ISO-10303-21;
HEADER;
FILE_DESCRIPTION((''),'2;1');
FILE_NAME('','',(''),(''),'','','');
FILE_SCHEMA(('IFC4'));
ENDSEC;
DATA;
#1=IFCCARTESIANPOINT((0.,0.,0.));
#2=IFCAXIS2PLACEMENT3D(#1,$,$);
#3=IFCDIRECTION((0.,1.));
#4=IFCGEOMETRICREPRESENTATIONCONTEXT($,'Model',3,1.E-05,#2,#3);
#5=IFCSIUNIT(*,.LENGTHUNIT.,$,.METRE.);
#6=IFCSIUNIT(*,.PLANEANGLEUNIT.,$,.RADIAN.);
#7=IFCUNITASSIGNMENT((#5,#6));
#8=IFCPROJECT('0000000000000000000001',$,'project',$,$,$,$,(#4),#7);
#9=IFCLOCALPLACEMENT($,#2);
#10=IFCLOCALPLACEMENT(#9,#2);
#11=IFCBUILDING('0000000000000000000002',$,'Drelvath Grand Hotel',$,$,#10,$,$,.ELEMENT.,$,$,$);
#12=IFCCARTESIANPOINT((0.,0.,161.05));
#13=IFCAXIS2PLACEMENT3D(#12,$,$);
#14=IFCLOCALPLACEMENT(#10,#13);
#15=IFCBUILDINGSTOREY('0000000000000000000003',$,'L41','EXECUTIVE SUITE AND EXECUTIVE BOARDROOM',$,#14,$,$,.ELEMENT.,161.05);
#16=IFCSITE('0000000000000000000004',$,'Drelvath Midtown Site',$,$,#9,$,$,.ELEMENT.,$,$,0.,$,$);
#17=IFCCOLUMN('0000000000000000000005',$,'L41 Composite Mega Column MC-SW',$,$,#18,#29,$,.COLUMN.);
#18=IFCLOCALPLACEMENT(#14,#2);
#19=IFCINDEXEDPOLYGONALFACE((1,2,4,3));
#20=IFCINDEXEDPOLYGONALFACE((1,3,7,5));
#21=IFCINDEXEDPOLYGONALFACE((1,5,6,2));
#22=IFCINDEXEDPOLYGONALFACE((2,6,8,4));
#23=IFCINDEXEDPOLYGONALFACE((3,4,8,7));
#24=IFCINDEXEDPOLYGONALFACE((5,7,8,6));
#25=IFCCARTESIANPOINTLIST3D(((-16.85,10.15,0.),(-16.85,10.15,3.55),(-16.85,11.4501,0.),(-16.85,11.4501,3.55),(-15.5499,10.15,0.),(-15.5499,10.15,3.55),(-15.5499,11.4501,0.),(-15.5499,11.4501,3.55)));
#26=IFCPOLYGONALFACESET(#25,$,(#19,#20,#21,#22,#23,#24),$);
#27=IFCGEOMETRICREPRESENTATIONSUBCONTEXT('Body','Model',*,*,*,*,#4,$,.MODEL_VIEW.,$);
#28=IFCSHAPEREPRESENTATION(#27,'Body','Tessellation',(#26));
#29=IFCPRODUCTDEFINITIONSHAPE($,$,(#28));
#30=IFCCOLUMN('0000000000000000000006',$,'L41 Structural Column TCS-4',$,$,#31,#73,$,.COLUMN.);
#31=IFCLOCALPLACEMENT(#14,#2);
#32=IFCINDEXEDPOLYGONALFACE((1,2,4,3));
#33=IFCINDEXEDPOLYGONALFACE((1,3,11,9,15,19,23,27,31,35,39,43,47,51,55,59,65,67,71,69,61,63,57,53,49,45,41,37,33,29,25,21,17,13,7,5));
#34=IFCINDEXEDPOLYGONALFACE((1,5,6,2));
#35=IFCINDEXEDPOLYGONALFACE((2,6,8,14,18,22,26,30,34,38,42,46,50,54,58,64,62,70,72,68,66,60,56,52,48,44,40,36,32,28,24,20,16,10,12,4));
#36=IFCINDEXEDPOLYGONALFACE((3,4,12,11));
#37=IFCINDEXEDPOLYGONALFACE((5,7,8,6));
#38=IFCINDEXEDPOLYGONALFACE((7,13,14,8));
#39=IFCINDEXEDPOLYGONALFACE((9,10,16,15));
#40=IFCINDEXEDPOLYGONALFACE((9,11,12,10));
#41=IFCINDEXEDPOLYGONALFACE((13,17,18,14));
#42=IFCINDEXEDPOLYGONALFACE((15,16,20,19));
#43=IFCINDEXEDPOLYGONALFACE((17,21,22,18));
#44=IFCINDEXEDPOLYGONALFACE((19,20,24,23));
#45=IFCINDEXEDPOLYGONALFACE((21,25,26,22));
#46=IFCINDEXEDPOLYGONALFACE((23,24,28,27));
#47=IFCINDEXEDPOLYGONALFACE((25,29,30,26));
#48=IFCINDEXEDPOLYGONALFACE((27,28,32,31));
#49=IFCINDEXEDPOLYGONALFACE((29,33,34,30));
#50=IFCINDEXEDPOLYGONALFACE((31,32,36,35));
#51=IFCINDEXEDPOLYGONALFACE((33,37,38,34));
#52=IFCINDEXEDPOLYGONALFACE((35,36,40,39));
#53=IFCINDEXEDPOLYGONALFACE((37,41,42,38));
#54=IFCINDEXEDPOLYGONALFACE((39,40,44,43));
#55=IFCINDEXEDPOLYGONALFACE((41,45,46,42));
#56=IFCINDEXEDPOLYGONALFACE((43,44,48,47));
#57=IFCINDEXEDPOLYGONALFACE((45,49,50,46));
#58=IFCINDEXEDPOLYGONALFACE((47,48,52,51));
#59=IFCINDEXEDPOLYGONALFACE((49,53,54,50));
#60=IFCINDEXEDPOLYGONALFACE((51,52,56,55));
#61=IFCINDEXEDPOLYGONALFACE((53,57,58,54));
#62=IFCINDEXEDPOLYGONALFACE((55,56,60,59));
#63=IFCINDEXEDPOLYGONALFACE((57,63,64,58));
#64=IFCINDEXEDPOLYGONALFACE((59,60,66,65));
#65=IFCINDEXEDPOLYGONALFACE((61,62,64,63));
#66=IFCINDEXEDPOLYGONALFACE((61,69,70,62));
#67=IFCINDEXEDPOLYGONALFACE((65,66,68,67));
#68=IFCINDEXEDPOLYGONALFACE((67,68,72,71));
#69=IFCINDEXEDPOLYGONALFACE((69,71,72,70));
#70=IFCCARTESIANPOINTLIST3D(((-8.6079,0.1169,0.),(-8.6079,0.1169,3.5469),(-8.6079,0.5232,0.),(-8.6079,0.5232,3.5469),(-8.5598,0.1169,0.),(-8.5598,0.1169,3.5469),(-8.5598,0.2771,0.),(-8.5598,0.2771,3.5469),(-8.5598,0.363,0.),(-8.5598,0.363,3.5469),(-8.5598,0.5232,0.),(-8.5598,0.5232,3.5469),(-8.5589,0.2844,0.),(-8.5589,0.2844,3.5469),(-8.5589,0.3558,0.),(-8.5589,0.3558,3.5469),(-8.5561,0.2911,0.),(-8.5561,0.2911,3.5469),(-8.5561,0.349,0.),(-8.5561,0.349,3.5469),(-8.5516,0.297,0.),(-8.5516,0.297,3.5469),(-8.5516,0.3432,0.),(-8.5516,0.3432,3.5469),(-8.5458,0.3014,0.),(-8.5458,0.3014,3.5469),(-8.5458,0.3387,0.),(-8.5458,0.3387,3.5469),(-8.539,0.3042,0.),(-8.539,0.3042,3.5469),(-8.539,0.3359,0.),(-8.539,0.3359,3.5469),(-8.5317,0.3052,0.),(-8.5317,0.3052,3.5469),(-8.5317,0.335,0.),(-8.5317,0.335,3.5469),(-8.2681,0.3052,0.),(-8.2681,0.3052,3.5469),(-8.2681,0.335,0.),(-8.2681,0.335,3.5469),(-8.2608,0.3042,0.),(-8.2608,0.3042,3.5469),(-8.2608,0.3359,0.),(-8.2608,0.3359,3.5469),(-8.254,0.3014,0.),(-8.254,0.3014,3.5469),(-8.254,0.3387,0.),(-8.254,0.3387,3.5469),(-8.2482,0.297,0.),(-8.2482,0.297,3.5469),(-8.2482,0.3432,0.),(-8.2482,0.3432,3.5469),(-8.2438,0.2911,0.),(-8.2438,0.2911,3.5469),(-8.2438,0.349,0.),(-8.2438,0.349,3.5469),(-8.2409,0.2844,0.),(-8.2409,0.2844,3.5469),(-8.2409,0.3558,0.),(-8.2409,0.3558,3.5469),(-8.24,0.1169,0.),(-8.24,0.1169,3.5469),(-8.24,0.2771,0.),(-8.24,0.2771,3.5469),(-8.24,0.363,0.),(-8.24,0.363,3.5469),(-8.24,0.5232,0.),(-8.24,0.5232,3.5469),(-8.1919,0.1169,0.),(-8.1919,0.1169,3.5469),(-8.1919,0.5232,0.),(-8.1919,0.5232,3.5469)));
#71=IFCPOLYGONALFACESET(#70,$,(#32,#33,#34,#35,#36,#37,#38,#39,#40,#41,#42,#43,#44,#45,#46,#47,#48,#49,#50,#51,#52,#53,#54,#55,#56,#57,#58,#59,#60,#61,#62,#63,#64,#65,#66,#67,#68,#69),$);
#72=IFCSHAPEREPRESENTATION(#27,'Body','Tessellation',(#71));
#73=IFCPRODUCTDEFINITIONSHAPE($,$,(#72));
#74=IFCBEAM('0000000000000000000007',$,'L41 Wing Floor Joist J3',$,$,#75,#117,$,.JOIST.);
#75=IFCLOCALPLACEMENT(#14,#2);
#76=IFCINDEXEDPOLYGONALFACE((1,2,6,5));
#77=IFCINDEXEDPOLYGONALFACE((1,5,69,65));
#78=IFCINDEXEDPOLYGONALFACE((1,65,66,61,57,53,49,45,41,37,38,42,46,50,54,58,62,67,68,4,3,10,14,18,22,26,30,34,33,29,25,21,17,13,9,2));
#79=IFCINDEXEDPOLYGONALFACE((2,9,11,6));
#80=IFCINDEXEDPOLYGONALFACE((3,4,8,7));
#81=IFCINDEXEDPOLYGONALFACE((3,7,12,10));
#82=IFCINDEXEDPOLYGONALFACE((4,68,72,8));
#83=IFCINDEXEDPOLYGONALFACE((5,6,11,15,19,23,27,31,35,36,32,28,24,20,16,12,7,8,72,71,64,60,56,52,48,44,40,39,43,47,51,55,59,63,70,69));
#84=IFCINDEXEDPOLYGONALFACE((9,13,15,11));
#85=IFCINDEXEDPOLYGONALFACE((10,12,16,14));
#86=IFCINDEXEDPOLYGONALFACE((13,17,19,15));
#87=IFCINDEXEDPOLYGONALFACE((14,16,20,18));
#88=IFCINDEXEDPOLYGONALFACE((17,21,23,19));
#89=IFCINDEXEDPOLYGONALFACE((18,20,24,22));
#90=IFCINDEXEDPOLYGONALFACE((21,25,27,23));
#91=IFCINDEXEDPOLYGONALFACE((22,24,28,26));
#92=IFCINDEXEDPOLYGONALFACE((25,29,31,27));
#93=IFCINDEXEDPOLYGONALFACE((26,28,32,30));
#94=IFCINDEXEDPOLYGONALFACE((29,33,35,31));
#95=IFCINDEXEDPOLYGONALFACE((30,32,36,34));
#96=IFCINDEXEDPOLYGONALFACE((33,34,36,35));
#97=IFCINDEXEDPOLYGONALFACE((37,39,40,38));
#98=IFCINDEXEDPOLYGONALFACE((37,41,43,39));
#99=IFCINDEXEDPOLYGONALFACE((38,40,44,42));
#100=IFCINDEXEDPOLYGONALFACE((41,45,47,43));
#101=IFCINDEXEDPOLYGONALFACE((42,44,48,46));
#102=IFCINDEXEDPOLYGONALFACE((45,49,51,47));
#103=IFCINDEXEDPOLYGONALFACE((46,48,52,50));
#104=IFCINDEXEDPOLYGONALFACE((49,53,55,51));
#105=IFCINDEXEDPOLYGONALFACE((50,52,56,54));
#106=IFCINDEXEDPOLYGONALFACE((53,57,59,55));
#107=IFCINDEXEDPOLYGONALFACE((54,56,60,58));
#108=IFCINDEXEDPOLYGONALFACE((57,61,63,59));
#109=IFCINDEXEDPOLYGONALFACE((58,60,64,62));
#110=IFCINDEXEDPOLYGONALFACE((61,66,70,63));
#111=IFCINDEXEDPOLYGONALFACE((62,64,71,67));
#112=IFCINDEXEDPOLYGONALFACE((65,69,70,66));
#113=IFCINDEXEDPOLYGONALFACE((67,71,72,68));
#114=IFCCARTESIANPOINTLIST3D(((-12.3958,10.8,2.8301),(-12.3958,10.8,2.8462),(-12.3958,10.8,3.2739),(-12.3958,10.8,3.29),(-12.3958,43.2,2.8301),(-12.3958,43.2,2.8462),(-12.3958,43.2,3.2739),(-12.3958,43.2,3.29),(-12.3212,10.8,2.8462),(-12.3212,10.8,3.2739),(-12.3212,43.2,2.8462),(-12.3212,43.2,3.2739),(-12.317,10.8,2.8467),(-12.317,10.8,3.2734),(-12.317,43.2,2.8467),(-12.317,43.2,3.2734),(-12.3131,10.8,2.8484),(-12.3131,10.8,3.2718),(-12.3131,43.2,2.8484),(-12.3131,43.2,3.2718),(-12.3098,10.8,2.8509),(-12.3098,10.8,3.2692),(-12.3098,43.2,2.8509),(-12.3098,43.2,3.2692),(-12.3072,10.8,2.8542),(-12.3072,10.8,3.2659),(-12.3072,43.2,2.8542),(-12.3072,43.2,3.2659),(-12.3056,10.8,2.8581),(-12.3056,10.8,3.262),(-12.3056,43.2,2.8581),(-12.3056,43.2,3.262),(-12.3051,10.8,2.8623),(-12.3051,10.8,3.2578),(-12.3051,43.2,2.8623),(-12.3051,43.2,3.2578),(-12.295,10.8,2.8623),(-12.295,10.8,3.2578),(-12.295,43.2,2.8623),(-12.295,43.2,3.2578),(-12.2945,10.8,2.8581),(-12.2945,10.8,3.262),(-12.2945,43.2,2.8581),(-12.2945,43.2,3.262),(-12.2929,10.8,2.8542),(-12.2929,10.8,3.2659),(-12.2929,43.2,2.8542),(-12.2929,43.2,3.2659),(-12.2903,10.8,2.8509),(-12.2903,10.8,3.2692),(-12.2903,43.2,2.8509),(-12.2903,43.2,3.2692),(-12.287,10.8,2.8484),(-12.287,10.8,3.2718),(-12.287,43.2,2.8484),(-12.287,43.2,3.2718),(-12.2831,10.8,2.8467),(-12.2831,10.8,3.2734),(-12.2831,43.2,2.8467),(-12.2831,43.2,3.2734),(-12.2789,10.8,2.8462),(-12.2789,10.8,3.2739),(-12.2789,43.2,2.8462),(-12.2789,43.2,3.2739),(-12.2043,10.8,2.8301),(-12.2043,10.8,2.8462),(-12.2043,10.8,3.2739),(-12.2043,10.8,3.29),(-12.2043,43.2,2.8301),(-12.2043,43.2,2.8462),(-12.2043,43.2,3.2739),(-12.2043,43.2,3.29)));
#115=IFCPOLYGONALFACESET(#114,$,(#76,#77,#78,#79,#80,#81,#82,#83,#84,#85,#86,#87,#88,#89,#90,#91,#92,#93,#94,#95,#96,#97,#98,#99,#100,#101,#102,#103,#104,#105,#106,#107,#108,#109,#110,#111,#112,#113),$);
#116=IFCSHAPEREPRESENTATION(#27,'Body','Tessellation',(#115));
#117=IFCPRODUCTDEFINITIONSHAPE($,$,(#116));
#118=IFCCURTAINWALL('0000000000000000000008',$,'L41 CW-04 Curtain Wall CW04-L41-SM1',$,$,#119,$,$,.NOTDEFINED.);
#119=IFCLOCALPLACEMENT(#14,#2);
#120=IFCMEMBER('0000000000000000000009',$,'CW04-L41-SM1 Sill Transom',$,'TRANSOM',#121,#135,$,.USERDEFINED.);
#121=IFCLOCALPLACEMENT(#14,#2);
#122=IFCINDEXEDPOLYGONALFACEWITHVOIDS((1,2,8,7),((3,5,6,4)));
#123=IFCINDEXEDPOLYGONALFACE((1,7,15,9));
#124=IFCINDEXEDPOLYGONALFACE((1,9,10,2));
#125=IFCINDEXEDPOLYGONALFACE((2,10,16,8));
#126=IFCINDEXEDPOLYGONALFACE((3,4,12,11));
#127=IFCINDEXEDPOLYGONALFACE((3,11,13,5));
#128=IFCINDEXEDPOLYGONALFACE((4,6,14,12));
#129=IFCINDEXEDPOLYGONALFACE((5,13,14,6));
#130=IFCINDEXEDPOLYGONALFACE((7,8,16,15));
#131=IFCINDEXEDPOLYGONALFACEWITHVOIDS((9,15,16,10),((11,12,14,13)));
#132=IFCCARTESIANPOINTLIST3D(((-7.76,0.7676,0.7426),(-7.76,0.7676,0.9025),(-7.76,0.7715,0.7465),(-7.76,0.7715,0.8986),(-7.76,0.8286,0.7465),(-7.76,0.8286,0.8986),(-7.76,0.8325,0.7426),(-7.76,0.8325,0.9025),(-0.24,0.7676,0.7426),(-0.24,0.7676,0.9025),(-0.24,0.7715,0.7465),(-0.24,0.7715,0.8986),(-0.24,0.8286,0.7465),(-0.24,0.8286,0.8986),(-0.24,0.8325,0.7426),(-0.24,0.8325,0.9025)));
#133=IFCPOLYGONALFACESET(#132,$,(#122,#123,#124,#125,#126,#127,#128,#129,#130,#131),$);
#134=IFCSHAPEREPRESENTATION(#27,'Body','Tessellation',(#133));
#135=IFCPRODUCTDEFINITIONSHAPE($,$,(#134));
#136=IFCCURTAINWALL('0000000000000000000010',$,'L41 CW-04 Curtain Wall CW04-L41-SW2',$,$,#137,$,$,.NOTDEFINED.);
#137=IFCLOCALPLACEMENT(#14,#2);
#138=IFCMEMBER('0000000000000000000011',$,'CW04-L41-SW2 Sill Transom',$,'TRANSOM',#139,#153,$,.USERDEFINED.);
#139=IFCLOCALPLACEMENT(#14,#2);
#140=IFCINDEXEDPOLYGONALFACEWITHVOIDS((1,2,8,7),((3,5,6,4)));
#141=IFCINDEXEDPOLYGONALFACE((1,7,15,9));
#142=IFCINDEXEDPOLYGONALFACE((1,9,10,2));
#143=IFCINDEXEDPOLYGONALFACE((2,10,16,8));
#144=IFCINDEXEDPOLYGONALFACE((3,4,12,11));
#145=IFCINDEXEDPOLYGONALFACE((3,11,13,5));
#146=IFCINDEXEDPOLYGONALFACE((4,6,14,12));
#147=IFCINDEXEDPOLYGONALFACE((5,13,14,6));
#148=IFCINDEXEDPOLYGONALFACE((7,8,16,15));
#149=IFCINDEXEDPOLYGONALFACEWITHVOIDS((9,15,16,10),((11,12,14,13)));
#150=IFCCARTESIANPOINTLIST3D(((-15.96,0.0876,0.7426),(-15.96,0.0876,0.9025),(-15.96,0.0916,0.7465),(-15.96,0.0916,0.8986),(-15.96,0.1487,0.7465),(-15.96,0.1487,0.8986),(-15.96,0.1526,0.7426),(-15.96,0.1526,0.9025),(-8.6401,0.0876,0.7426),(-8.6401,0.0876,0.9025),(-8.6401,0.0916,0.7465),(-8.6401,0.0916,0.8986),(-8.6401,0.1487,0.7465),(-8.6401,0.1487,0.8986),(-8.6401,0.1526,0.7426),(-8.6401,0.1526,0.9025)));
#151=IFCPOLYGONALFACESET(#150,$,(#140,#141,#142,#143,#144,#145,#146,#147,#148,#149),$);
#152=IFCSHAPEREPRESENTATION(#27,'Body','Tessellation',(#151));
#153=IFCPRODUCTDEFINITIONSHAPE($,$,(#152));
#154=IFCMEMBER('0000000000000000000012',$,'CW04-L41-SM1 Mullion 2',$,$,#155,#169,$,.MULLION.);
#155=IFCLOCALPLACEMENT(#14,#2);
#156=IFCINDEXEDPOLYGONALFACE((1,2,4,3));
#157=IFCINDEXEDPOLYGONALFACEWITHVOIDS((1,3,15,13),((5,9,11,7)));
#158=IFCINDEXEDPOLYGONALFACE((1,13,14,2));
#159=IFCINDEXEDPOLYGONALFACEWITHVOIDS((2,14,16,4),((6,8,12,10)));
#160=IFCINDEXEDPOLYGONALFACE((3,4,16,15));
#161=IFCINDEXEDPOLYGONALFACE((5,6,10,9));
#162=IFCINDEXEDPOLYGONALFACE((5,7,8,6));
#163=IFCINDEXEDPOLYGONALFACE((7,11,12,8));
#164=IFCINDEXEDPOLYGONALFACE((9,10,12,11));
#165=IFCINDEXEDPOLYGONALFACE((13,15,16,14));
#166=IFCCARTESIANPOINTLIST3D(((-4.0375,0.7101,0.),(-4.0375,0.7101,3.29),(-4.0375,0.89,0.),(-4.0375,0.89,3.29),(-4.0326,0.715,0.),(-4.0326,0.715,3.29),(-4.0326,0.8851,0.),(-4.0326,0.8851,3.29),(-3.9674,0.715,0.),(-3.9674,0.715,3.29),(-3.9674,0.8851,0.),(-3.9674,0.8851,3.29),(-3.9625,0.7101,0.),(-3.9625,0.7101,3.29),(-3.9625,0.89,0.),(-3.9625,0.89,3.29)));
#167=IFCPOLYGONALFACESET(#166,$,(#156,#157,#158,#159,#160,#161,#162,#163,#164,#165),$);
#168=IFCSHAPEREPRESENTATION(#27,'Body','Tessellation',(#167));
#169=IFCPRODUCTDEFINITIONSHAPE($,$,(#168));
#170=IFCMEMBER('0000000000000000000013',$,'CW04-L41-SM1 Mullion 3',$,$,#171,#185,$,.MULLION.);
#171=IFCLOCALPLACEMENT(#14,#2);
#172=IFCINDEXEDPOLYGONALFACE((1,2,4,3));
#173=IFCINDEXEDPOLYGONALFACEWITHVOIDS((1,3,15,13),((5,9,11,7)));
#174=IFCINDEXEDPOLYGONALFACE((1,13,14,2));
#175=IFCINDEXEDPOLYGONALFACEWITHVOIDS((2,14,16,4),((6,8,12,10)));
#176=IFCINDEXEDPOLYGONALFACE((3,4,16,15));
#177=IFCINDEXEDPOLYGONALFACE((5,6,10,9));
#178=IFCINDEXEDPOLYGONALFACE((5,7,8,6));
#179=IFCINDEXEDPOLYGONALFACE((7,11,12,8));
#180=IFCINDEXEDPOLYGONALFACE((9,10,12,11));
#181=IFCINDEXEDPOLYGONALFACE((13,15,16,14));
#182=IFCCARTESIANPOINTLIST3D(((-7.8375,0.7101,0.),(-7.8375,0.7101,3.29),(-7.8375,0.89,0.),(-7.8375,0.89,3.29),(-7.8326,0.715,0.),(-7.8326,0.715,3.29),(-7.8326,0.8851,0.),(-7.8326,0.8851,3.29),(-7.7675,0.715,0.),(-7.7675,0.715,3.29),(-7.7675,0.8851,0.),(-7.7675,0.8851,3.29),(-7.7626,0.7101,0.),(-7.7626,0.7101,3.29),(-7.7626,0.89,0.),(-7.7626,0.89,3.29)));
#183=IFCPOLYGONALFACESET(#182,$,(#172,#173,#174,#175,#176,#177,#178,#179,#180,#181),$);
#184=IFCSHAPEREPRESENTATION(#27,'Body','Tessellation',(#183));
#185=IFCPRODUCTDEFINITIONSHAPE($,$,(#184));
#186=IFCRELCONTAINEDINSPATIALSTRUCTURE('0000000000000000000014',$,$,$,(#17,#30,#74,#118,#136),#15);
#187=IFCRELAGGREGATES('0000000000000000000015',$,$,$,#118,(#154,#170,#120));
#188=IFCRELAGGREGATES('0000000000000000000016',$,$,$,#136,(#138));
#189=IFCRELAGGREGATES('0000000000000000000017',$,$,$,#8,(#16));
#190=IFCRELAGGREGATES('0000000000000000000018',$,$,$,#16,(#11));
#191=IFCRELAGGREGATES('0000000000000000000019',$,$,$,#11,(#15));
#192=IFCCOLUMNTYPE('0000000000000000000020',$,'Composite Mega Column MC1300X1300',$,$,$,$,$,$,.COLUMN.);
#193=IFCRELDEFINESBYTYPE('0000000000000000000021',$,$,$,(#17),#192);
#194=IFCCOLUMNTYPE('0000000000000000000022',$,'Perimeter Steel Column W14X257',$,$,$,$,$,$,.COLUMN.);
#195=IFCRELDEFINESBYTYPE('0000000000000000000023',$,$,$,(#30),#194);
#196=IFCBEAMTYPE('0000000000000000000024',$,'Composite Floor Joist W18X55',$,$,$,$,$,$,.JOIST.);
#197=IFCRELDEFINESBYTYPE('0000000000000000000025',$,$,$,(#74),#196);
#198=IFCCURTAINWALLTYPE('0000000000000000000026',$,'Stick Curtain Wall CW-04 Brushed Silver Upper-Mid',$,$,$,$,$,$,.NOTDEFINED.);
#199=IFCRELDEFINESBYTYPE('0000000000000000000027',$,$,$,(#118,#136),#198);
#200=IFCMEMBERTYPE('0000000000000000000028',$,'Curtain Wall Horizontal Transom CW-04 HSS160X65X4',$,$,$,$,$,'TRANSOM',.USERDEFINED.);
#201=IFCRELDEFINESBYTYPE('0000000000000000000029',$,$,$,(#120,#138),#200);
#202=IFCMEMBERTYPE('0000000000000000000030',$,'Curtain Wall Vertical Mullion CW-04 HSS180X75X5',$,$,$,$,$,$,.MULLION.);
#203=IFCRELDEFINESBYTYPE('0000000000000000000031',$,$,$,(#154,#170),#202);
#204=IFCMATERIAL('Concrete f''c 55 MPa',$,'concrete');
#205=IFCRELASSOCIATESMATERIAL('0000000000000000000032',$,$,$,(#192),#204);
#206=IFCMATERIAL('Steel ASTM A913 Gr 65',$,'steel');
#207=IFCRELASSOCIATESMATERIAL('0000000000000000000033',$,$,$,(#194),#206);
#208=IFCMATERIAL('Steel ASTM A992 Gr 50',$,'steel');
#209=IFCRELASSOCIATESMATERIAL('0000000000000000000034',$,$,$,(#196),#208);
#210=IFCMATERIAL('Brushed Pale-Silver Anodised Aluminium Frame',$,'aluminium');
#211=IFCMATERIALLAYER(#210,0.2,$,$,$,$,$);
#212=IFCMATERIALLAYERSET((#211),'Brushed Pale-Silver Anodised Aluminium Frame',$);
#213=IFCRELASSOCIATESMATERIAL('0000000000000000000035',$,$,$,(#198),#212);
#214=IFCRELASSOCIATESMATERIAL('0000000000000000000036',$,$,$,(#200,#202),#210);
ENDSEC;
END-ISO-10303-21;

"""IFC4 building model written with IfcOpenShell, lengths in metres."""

from ifc_helpers import new_model, si_unit, direction, frame, origin, origin_2d, place, context, subcontext, project, spatial, rectangle, hollow_rectangle, i_section, extrude, material, layer, layer_set, material_profile, profile_set, type_object, element, aggregate, save


model = new_model("IFC4")

# Units and contexts
model_context = context("Model", 3, precision=1e-05, world=origin(), true_north=direction((0.0, 1.0)))
body_context = subcontext(model_context, "Body", "Model", "MODEL_VIEW")
ifc_project = project(units=[si_unit("LENGTHUNIT", "METRE"), si_unit("PLANEANGLEUNIT", "RADIAN")], contexts=[model_context])

# Site, building, storey
site_placement = place(None, origin())
site = spatial("IfcSite", under=ifc_project, at=site_placement, Name="Drelvath Midtown Site", CompositionType="ELEMENT", RefElevation=0.0)
building_placement = place(site_placement, origin())
building = spatial("IfcBuilding", under=site, at=building_placement, Name="Drelvath Grand Hotel", CompositionType="ELEMENT")
storey_placement = place(building_placement, frame((0.0, 0.0, 161.05)))
storey = spatial("IfcBuildingStorey", under=building, at=storey_placement, Name="L41", Description="EXECUTIVE SUITE AND EXECUTIVE BOARDROOM", CompositionType="ELEMENT", Elevation=161.05)

# Columns
ifc_material_1 = material(Name="Concrete f'c 55 MPa", Category="concrete")
ifc_material_profile_1 = material_profile(ifc_material_1, rectangle(XDim=1.3, YDim=1.3, at=origin_2d()), Name="MC1300X1300")
ifc_profile_set_1 = profile_set([ifc_material_profile_1], Name="Concrete f'c 55 MPa")
column_type_1 = type_object("IfcColumnType", Name="Composite Mega Column MC1300X1300", PredefinedType="COLUMN", material=ifc_profile_set_1)
column_1_placement = place(storey_placement, frame((-16.2, 10.8, 0.0), z_axis=(0.0, 0.0, 1.0), x_axis=(1.0, 0.0, 0.0)))
element("IfcColumn", 1, at=column_1_placement, inside=storey, type_object=column_type_1, Name="L41 Composite Mega Column MC-SW", PredefinedType="COLUMN", context=body_context, shape_type="SweptSolid", body=[
    extrude(rectangle(XDim=1.3, YDim=1.3, at=origin_2d()), origin(), (0.0, 0.0, 1.0), 3.55),
])
ifc_material_2 = material(Name="Steel ASTM A913 Gr 65", Category="steel")
ifc_material_profile_2 = material_profile(ifc_material_2, i_section(OverallWidth=0.4062, OverallDepth=0.416, WebThickness=0.0298, FlangeThickness=0.0481, FilletRadius=0.0281, at=origin_2d()), Name="W14X257")
ifc_profile_set_2 = profile_set([ifc_material_profile_2], Name="Steel ASTM A913 Gr 65")
column_type_2 = type_object("IfcColumnType", Name="Perimeter Steel Column W14X257", PredefinedType="COLUMN", material=ifc_profile_set_2)
column_2_placement = place(storey_placement, frame((-8.3999, 0.3201, 0.0), z_axis=(0.0, 0.0, 1.0), x_axis=(0.0, 1.0, 0.0)))
element("IfcColumn", 2, at=column_2_placement, inside=storey, type_object=column_type_2, Name="L41 Structural Column TCS-4", PredefinedType="COLUMN", context=body_context, shape_type="SweptSolid", body=[
    extrude(i_section(OverallWidth=0.4062, OverallDepth=0.416, WebThickness=0.0298, FlangeThickness=0.0481, FilletRadius=0.0281, at=origin_2d()), origin(), (0.0, 0.0, 1.0), 3.5469),
])

# Beam
ifc_material_3 = material(Name="Steel ASTM A992 Gr 50", Category="steel")
ifc_material_profile_3 = material_profile(ifc_material_3, i_section(OverallWidth=0.1914, OverallDepth=0.46, WebThickness=0.01, FlangeThickness=0.0161, FilletRadius=0.0161, at=origin_2d()), Name="W18X55")
ifc_profile_set_3 = profile_set([ifc_material_profile_3], Name="Steel ASTM A992 Gr 50")
beam_type_1 = type_object("IfcBeamType", Name="Composite Floor Joist W18X55", PredefinedType="JOIST", material=ifc_profile_set_3)
beam_1_placement = place(storey_placement, frame((-12.3, 10.8, 3.0601), z_axis=(0.0, 1.0, 0.0), x_axis=(-1.0, 0.0, 0.0)))
element("IfcBeam", 3, at=beam_1_placement, inside=storey, type_object=beam_type_1, Name="L41 Wing Floor Joist J3", PredefinedType="JOIST", context=body_context, shape_type="SweptSolid", body=[
    extrude(i_section(OverallWidth=0.1914, OverallDepth=0.46, WebThickness=0.01, FlangeThickness=0.0161, FilletRadius=0.0161, at=origin_2d()), origin(), (0.0, 0.0, 1.0), 32.3999),
])

# Curtain walls, members
ifc_material_4 = material(Name="Brushed Pale-Silver Anodised Aluminium Frame", Category="aluminium")
ifc_layer_1 = layer(ifc_material_4, 0.2)
ifc_layer_set_1 = layer_set([ifc_layer_1], Name="Brushed Pale-Silver Anodised Aluminium Frame")
curtain_wall_type = type_object("IfcCurtainWallType", Name="Stick Curtain Wall CW-04 Brushed Silver Upper-Mid", PredefinedType="NOTDEFINED", material=ifc_layer_set_1)
curtain_wall_1_placement = place(storey_placement, origin())
curtain_wall_1 = element("IfcCurtainWall", 4, at=curtain_wall_1_placement, inside=storey, type_object=curtain_wall_type, Name="L41 CW-04 Curtain Wall CW04-L41-SM1", PredefinedType="NOTDEFINED")
ifc_material_profile_4 = material_profile(ifc_material_4, hollow_rectangle(XDim=0.0649, YDim=0.1599, WallThickness=0.0039, at=origin_2d()), Name="HSS160X65X4")
ifc_profile_set_4 = profile_set([ifc_material_profile_4], Name="Brushed Pale-Silver Anodised Aluminium Frame")
member_type_1 = type_object("IfcMemberType", Name="Curtain Wall Horizontal Transom CW-04 HSS160X65X4", ElementType="TRANSOM", PredefinedType="USERDEFINED", material=ifc_profile_set_4)
member_1_placement = place(storey_placement, frame((-0.24, 0.8, 0.8225), z_axis=(-1.0, 0.0, 0.0), x_axis=(0.0, -1.0, 0.0)))
member_1 = element("IfcMember", 5, at=member_1_placement, type_object=member_type_1, Name="CW04-L41-SM1 Sill Transom", ObjectType="TRANSOM", PredefinedType="USERDEFINED", context=body_context, shape_type="SweptSolid", body=[
    extrude(hollow_rectangle(XDim=0.0649, YDim=0.1599, WallThickness=0.0039, at=origin_2d()), origin(), (0.0, 0.0, 1.0), 7.52),
])
curtain_wall_2_placement = place(storey_placement, origin())
curtain_wall_2 = element("IfcCurtainWall", 6, at=curtain_wall_2_placement, inside=storey, type_object=curtain_wall_type, Name="L41 CW-04 Curtain Wall CW04-L41-SW2", PredefinedType="NOTDEFINED")
member_2_placement = place(storey_placement, frame((-8.6401, 0.1201, 0.8225), z_axis=(-1.0, 0.0, 0.0), x_axis=(0.0, -1.0, 0.0)))
member_2 = element("IfcMember", 7, at=member_2_placement, type_object=member_type_1, Name="CW04-L41-SW2 Sill Transom", ObjectType="TRANSOM", PredefinedType="USERDEFINED", context=body_context, shape_type="SweptSolid", body=[
    extrude(hollow_rectangle(XDim=0.0649, YDim=0.1599, WallThickness=0.0039, at=origin_2d()), origin(), (0.0, 0.0, 1.0), 7.3198),
])

# Members
ifc_material_profile_5 = material_profile(ifc_material_4, hollow_rectangle(XDim=0.075, YDim=0.1799, WallThickness=0.0049, at=origin_2d()), Name="HSS180X75X5")
ifc_profile_set_5 = profile_set([ifc_material_profile_5], Name="Brushed Pale-Silver Anodised Aluminium Frame")
member_type_2 = type_object("IfcMemberType", Name="Curtain Wall Vertical Mullion CW-04 HSS180X75X5", PredefinedType="MULLION", material=ifc_profile_set_5)
member_3_placement = place(storey_placement, frame((-4.0, 0.8, 0.0), z_axis=(0.0, 0.0, 1.0), x_axis=(1.0, 0.0, 0.0)))
member_3 = element("IfcMember", 8, at=member_3_placement, type_object=member_type_2, Name="CW04-L41-SM1 Mullion 2", PredefinedType="MULLION", context=body_context, shape_type="SweptSolid", body=[
    extrude(hollow_rectangle(XDim=0.075, YDim=0.1799, WallThickness=0.0049, at=origin_2d()), origin(), (0.0, 0.0, 1.0), 3.29),
])
member_4_placement = place(storey_placement, frame((-7.8, 0.8, 0.0), z_axis=(0.0, 0.0, 1.0), x_axis=(1.0, 0.0, 0.0)))
member_4 = element("IfcMember", 9, at=member_4_placement, type_object=member_type_2, Name="CW04-L41-SM1 Mullion 3", PredefinedType="MULLION", context=body_context, shape_type="SweptSolid", body=[
    extrude(hollow_rectangle(XDim=0.075, YDim=0.1799, WallThickness=0.0049, at=origin_2d()), origin(), (0.0, 0.0, 1.0), 3.29),
])

aggregate(curtain_wall_1, [member_3, member_4, member_1])
aggregate(curtain_wall_2, [member_2])

save(model, "model.ifc")
